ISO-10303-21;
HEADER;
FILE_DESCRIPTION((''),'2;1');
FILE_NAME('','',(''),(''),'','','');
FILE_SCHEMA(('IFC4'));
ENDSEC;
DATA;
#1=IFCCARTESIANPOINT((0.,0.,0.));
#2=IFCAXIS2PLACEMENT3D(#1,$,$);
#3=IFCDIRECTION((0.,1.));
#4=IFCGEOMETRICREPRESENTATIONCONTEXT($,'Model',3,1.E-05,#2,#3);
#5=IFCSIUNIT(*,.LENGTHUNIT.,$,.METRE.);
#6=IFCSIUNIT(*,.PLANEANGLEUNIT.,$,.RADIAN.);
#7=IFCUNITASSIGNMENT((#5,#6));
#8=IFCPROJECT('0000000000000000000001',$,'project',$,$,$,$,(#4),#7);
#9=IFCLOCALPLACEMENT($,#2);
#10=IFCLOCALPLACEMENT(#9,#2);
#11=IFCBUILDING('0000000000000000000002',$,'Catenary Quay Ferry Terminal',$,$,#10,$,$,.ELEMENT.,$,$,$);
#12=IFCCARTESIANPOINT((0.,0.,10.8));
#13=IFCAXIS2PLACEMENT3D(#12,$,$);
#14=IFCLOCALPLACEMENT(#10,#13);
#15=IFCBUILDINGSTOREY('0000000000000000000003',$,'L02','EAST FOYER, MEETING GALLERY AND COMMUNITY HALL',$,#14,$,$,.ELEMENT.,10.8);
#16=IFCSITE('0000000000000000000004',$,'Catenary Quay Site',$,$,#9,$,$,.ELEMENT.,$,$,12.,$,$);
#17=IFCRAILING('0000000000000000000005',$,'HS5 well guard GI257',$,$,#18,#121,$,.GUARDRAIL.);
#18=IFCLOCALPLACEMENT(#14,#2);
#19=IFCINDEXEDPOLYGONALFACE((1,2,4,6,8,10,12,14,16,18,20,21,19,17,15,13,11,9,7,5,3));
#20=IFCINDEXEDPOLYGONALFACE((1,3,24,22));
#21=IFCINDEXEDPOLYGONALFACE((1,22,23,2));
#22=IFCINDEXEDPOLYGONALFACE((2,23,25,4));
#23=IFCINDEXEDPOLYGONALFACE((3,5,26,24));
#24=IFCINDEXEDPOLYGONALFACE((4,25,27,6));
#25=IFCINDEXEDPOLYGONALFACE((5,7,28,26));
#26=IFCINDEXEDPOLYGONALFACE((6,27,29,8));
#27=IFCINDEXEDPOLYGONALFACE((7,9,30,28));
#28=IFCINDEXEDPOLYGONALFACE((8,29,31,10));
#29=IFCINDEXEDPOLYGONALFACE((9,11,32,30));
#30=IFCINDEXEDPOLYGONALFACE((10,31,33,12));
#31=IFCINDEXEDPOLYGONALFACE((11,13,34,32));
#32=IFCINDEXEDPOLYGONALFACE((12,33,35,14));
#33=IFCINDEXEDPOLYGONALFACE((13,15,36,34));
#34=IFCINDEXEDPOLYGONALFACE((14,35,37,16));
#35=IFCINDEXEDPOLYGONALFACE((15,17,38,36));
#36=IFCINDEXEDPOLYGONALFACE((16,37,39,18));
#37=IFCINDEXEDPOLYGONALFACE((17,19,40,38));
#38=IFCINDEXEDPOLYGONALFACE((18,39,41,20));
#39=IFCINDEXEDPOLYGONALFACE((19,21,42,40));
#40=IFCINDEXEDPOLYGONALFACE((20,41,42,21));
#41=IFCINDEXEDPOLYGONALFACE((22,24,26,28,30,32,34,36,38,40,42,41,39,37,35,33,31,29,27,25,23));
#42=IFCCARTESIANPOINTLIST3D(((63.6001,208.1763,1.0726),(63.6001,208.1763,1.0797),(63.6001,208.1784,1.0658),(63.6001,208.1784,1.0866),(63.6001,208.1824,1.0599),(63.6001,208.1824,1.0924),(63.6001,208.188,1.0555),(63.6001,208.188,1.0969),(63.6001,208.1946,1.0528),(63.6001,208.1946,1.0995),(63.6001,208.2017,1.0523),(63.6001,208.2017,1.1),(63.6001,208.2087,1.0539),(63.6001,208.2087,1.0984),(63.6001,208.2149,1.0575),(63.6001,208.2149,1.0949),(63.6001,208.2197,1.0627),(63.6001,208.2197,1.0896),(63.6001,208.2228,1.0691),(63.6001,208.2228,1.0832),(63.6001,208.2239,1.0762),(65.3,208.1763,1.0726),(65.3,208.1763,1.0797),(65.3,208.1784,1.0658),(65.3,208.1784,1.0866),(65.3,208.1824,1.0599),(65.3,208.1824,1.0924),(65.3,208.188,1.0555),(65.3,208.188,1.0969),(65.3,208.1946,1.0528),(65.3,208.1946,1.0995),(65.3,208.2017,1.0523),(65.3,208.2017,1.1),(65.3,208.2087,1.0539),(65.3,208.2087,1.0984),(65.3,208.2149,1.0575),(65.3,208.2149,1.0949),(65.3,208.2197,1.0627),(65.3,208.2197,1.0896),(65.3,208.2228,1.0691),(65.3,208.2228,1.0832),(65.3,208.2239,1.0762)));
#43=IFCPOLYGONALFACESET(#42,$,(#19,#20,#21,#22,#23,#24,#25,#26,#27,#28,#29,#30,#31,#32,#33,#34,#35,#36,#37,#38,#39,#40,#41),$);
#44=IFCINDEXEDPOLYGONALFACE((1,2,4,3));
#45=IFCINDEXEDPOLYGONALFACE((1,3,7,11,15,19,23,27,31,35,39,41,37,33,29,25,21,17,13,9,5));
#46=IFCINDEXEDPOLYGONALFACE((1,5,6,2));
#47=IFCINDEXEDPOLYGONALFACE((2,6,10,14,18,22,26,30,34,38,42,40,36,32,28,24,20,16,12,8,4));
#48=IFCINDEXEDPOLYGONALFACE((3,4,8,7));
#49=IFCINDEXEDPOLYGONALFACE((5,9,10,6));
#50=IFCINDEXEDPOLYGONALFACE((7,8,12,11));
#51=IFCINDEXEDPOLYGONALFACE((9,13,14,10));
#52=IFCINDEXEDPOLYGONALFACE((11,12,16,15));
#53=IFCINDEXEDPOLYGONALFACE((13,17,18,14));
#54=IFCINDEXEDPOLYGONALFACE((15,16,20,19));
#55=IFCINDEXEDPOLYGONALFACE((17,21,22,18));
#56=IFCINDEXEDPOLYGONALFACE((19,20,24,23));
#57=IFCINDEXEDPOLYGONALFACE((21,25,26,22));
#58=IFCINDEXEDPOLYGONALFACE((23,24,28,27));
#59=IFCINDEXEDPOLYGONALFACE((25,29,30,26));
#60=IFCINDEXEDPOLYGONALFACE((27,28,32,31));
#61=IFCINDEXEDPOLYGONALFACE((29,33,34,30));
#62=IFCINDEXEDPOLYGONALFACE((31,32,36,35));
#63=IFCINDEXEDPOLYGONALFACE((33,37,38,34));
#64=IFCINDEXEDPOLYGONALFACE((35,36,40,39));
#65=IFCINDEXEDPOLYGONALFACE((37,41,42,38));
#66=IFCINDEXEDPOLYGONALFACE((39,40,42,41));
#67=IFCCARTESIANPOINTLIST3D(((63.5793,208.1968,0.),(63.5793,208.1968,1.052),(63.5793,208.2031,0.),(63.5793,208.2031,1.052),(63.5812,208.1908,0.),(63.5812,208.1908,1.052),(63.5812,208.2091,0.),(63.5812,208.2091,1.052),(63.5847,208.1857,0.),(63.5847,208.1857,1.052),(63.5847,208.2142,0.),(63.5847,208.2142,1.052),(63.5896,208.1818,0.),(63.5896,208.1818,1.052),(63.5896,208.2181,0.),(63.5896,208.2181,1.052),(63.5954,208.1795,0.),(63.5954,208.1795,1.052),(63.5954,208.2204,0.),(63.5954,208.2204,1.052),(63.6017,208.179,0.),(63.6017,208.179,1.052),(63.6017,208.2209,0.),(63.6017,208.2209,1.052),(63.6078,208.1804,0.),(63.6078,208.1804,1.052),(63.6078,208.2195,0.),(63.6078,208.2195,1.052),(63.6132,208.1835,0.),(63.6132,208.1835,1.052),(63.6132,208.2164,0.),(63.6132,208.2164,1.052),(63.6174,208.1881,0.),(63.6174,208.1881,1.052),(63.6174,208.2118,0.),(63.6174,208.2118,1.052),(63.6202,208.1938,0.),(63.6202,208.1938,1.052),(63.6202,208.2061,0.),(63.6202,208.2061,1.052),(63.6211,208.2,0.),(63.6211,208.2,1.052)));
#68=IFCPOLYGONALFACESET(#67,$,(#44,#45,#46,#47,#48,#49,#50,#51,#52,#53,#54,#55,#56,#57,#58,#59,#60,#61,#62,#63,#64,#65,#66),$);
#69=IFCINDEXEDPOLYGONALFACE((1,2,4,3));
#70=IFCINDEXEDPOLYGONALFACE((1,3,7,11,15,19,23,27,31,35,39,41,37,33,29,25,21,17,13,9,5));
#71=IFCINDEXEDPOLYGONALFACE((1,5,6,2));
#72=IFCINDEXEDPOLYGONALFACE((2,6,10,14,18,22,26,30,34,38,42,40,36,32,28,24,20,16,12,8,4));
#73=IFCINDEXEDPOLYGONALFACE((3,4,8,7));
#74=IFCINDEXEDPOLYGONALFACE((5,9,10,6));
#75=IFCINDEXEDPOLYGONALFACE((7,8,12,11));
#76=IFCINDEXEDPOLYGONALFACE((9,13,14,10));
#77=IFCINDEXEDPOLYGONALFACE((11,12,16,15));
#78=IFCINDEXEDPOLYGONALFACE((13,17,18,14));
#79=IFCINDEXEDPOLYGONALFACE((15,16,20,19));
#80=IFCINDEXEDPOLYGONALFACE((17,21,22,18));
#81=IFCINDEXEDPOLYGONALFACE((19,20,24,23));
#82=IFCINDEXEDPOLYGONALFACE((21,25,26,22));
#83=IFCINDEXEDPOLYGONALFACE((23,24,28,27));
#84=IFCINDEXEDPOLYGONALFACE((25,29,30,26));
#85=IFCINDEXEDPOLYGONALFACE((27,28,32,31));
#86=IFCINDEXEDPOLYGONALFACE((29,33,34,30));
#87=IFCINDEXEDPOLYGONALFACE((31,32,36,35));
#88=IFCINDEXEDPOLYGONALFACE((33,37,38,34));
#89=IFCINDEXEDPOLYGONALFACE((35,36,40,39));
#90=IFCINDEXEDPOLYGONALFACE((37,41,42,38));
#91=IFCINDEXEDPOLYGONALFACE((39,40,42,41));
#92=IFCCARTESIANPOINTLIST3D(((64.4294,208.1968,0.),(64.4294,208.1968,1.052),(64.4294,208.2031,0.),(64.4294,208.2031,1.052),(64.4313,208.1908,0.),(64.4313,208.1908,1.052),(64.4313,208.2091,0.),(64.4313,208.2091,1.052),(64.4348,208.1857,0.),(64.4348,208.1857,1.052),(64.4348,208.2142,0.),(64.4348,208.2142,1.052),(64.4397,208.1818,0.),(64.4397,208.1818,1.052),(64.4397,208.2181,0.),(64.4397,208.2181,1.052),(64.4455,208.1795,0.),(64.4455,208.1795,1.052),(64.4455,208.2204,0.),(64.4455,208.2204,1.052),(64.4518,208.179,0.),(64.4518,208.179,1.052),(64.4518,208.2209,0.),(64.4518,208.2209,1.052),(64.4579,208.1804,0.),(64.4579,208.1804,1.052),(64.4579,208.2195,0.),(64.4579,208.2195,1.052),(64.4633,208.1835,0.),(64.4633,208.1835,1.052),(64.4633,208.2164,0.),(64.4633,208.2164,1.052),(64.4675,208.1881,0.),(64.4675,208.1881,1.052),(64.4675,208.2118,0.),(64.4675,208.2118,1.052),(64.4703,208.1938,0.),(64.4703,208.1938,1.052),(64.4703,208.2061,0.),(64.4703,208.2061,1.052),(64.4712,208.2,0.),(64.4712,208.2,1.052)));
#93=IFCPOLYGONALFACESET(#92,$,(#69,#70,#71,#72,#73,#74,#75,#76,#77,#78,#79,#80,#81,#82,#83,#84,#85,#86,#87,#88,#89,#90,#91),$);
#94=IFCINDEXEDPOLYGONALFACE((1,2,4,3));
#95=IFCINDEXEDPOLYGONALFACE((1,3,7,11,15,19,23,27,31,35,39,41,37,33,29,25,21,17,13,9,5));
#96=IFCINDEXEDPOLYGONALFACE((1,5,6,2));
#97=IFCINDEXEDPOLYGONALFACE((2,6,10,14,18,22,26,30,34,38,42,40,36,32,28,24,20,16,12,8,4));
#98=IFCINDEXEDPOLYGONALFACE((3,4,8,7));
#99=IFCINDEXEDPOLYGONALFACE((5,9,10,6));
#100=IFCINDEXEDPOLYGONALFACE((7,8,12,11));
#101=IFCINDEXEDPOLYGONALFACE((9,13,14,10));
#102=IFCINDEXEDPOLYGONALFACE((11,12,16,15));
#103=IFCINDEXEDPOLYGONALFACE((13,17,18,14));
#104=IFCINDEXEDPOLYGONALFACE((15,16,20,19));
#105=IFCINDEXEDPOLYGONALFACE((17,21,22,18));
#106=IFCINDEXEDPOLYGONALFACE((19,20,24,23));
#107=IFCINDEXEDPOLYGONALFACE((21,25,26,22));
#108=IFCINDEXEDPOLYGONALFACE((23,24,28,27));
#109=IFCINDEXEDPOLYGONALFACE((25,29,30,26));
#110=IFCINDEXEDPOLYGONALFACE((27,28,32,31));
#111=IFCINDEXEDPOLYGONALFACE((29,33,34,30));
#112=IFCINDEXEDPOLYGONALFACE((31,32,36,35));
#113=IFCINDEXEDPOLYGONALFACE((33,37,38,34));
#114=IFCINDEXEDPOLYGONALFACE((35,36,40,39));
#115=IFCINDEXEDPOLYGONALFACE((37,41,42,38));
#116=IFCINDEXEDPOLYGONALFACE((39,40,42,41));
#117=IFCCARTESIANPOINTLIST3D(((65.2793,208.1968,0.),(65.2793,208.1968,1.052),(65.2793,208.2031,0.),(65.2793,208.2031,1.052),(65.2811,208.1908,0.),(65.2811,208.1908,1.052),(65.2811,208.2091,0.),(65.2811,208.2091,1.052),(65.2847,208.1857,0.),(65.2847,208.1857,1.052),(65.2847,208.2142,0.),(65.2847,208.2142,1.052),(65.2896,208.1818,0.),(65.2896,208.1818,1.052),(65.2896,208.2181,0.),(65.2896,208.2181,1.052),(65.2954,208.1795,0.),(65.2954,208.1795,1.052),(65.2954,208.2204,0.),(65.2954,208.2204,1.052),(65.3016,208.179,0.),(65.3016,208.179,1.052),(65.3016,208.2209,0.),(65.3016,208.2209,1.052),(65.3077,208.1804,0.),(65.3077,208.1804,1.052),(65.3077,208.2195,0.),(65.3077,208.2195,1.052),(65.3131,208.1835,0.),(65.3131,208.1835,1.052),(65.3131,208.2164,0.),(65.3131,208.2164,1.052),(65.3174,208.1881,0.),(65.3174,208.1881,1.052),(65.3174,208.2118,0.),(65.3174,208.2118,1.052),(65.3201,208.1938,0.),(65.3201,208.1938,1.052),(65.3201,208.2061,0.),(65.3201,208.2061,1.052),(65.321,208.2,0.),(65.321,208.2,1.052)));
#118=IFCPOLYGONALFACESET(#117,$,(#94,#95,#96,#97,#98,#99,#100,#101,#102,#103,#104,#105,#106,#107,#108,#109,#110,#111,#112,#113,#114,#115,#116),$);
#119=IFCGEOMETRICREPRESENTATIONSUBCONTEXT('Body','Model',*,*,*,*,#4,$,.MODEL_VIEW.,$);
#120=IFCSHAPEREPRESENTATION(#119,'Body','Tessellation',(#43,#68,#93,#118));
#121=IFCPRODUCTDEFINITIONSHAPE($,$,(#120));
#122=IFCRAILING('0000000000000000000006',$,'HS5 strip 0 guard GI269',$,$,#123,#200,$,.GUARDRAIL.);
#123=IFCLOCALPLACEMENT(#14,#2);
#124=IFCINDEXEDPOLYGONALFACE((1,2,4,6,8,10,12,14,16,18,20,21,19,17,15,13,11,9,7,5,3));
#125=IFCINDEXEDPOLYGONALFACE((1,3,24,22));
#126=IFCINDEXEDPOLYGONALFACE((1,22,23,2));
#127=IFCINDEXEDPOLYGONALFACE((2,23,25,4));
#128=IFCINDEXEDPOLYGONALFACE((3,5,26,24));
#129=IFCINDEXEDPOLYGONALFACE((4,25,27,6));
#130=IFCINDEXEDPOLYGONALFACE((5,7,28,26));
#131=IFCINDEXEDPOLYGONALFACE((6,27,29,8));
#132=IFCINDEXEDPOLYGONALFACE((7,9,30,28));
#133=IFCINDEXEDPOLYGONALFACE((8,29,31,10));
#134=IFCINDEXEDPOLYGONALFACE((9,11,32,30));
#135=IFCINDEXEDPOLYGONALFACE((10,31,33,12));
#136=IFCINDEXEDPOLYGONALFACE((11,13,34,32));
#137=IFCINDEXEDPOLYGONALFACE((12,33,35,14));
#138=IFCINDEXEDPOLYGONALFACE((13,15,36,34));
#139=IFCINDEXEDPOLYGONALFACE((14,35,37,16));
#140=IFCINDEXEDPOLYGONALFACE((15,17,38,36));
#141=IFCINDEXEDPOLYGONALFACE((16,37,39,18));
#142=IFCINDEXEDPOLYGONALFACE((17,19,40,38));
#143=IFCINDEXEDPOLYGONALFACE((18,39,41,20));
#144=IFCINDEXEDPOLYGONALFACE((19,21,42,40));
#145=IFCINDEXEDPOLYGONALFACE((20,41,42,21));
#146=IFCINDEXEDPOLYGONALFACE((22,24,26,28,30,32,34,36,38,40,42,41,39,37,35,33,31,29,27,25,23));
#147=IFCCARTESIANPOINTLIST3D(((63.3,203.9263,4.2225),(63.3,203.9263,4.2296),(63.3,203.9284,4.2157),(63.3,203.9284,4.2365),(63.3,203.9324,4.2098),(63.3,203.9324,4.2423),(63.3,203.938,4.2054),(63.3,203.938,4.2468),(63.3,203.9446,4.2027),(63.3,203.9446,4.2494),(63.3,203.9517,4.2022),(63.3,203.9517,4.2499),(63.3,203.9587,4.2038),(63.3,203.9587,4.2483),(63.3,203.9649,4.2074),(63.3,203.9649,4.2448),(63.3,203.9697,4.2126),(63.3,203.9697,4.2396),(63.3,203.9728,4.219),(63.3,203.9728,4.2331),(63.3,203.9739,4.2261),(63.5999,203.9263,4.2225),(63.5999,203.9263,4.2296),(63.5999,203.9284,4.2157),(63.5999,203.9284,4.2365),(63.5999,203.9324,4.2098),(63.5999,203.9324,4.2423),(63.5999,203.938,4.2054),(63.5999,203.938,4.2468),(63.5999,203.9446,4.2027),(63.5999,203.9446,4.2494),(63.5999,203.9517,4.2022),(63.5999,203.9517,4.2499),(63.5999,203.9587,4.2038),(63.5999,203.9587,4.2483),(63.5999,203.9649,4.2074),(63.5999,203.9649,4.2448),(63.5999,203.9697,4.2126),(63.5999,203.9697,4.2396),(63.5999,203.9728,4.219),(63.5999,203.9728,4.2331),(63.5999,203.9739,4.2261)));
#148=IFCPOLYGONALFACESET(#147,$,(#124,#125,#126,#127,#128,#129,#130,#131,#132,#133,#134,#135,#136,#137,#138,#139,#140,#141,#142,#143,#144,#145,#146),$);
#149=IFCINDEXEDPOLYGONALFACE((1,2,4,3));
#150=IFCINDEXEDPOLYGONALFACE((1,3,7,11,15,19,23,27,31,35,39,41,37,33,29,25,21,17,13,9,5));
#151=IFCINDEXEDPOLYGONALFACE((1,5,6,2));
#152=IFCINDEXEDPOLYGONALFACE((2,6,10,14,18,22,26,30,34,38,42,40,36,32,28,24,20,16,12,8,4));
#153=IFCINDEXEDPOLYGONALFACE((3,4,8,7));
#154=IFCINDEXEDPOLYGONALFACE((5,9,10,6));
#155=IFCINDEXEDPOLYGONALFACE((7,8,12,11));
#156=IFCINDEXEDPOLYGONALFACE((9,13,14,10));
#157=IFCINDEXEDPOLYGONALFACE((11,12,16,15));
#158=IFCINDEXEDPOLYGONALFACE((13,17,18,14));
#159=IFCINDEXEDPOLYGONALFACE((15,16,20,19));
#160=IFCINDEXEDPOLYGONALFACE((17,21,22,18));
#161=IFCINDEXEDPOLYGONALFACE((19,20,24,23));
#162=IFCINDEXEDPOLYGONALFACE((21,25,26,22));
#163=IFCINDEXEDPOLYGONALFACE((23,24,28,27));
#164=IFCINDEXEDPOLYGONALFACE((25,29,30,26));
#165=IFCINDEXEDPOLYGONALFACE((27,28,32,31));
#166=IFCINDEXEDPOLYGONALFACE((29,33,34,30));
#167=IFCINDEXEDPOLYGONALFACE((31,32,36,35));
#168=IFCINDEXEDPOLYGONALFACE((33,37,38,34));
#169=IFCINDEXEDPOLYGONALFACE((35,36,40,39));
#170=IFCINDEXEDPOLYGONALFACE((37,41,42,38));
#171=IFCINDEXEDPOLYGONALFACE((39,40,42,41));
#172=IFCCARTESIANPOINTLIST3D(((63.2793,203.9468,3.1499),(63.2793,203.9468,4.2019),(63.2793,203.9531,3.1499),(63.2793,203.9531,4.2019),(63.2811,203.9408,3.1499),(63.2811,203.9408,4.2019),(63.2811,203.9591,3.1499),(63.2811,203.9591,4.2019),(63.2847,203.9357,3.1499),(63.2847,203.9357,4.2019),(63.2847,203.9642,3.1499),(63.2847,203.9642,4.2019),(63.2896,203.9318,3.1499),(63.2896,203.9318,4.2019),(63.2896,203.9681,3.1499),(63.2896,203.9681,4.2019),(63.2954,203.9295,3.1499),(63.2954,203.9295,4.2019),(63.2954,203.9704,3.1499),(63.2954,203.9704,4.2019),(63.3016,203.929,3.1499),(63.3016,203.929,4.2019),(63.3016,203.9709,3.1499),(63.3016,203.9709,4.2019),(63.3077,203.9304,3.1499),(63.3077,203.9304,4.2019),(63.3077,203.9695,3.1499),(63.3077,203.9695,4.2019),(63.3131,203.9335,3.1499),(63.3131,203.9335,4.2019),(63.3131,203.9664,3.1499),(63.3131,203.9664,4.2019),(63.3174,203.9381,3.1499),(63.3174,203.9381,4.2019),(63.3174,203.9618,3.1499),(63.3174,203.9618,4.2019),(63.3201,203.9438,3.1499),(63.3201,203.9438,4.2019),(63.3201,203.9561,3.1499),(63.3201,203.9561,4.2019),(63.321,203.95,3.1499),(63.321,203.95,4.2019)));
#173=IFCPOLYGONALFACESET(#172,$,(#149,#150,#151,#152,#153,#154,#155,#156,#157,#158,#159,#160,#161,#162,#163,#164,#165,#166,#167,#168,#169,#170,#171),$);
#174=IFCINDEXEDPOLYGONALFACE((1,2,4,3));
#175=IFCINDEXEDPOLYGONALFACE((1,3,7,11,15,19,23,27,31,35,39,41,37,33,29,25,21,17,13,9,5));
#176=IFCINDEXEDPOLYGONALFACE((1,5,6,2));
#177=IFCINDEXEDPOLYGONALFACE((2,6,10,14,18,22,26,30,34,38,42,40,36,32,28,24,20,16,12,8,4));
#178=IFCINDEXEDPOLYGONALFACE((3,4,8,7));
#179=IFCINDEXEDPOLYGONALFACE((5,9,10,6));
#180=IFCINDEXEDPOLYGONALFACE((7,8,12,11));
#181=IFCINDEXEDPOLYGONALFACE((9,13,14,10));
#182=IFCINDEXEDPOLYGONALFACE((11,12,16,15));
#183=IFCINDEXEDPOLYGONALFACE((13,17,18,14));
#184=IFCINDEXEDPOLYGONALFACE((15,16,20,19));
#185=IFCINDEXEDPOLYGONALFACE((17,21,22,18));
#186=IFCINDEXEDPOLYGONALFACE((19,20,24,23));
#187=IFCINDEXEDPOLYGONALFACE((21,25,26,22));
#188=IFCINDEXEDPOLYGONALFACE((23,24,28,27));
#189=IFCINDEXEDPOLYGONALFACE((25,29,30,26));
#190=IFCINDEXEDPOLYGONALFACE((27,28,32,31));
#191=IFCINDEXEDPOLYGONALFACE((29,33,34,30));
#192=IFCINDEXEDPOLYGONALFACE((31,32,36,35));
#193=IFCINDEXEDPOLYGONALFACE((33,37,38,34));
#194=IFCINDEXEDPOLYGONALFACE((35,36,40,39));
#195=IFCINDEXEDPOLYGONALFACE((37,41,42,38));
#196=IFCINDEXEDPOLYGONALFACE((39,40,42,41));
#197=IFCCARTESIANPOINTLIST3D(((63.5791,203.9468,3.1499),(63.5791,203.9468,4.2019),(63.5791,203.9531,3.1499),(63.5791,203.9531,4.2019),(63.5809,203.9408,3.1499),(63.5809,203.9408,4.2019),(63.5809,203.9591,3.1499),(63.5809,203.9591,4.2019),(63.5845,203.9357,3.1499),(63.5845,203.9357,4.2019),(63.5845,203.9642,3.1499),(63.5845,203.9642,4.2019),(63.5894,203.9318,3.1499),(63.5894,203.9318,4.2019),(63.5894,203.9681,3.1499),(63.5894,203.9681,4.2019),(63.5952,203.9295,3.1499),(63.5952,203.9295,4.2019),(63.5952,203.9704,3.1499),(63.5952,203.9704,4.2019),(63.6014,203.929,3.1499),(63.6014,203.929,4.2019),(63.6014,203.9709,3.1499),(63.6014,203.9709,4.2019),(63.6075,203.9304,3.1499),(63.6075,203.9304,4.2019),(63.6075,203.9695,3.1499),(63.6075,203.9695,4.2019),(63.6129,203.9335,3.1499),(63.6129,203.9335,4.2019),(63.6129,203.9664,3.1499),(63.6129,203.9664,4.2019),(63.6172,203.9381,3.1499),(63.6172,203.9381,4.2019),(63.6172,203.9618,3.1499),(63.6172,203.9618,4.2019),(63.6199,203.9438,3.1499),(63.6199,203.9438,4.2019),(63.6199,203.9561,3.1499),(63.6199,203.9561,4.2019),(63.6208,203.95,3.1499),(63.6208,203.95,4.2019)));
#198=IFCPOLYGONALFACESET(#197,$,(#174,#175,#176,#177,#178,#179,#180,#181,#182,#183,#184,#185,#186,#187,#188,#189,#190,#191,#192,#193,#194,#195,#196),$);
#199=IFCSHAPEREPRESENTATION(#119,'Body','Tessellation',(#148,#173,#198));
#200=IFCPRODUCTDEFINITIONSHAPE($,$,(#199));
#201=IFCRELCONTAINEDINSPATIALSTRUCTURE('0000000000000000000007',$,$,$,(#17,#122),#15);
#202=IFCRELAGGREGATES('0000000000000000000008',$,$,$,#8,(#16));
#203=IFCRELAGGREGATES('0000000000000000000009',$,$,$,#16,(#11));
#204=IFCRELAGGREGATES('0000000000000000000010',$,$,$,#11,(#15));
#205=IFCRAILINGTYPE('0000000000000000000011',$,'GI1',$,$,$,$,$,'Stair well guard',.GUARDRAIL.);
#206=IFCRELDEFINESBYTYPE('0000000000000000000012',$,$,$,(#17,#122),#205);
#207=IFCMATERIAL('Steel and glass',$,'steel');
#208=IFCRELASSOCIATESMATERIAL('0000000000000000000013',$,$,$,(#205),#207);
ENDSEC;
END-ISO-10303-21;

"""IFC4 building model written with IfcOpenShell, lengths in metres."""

from ifc_helpers import new_model, si_unit, direction, frame, origin, origin_2d, place, context, subcontext, project, spatial, circle, extrude, material, type_object, element, save


model = new_model("IFC4")

# Units and contexts
model_context = context("Model", 3, precision=1e-05, world=origin(), true_north=direction((0.0, 1.0)))
body_context = subcontext(model_context, "Body", "Model", "MODEL_VIEW")
ifc_project = project(units=[si_unit("LENGTHUNIT", "METRE"), si_unit("PLANEANGLEUNIT", "RADIAN")], contexts=[model_context])

# Site, building, storey
site_placement = place(None, origin())
site = spatial("IfcSite", under=ifc_project, at=site_placement, Name="Catenary Quay Site", CompositionType="ELEMENT", RefElevation=12.0)
building_placement = place(site_placement, origin())
building = spatial("IfcBuilding", under=site, at=building_placement, Name="Catenary Quay Ferry Terminal", CompositionType="ELEMENT")
storey_placement = place(building_placement, frame((0.0, 0.0, 10.8)))
storey = spatial("IfcBuildingStorey", under=building, at=storey_placement, Name="L02", Description="EAST FOYER, MEETING GALLERY AND COMMUNITY HALL", CompositionType="ELEMENT", Elevation=10.8)

# Railings
ifc_material_1 = material(Name="Steel and glass", Category="steel")
railing_type_1 = type_object("IfcRailingType", Name="GI1", ElementType="Stair well guard", PredefinedType="GUARDRAIL", material=ifc_material_1)
railing_1_placement = place(storey_placement, frame((63.6001, 208.2, 0.0)))
element("IfcRailing", 1, at=railing_1_placement, inside=storey, type_object=railing_type_1, Name="HS5 well guard GI257", PredefinedType="GUARDRAIL", context=body_context, shape_type="SweptSolid", body=[
    extrude(circle(Radius=0.0239, at=origin_2d()), frame((0.0, 0.0, 1.0762), z_axis=(1.0, 0.0, 0.0), x_axis=(0.0, 1.0, 0.0)), (0.0, 0.0, 1.0), 1.7),
    extrude(circle(Radius=0.021, at=origin_2d()), origin(), (0.0, 0.0, 1.0), 1.052),
    extrude(circle(Radius=0.021, at=origin_2d()), frame((0.8501, 0.0, 0.0)), (0.0, 0.0, 1.0), 1.052),
    extrude(circle(Radius=0.021, at=origin_2d()), frame((1.7, 0.0, 0.0)), (0.0, 0.0, 1.0), 1.052),
])
railing_2_placement = place(storey_placement, frame((63.3, 203.95, 3.1499)))
element("IfcRailing", 2, at=railing_2_placement, inside=storey, type_object=railing_type_1, Name="HS5 strip 0 guard GI269", PredefinedType="GUARDRAIL", context=body_context, shape_type="SweptSolid", body=[
    extrude(circle(Radius=0.0239, at=origin_2d()), frame((0.0, 0.0, 1.0762), z_axis=(1.0, 0.0, 0.0), x_axis=(0.0, 1.0, 0.0)), (0.0, 0.0, 1.0), 0.2998),
    extrude(circle(Radius=0.021, at=origin_2d()), origin(), (0.0, 0.0, 1.0), 1.052),
    extrude(circle(Radius=0.021, at=origin_2d()), frame((0.2998, 0.0, 0.0)), (0.0, 0.0, 1.0), 1.052),
])

save(model, "model.ifc")
